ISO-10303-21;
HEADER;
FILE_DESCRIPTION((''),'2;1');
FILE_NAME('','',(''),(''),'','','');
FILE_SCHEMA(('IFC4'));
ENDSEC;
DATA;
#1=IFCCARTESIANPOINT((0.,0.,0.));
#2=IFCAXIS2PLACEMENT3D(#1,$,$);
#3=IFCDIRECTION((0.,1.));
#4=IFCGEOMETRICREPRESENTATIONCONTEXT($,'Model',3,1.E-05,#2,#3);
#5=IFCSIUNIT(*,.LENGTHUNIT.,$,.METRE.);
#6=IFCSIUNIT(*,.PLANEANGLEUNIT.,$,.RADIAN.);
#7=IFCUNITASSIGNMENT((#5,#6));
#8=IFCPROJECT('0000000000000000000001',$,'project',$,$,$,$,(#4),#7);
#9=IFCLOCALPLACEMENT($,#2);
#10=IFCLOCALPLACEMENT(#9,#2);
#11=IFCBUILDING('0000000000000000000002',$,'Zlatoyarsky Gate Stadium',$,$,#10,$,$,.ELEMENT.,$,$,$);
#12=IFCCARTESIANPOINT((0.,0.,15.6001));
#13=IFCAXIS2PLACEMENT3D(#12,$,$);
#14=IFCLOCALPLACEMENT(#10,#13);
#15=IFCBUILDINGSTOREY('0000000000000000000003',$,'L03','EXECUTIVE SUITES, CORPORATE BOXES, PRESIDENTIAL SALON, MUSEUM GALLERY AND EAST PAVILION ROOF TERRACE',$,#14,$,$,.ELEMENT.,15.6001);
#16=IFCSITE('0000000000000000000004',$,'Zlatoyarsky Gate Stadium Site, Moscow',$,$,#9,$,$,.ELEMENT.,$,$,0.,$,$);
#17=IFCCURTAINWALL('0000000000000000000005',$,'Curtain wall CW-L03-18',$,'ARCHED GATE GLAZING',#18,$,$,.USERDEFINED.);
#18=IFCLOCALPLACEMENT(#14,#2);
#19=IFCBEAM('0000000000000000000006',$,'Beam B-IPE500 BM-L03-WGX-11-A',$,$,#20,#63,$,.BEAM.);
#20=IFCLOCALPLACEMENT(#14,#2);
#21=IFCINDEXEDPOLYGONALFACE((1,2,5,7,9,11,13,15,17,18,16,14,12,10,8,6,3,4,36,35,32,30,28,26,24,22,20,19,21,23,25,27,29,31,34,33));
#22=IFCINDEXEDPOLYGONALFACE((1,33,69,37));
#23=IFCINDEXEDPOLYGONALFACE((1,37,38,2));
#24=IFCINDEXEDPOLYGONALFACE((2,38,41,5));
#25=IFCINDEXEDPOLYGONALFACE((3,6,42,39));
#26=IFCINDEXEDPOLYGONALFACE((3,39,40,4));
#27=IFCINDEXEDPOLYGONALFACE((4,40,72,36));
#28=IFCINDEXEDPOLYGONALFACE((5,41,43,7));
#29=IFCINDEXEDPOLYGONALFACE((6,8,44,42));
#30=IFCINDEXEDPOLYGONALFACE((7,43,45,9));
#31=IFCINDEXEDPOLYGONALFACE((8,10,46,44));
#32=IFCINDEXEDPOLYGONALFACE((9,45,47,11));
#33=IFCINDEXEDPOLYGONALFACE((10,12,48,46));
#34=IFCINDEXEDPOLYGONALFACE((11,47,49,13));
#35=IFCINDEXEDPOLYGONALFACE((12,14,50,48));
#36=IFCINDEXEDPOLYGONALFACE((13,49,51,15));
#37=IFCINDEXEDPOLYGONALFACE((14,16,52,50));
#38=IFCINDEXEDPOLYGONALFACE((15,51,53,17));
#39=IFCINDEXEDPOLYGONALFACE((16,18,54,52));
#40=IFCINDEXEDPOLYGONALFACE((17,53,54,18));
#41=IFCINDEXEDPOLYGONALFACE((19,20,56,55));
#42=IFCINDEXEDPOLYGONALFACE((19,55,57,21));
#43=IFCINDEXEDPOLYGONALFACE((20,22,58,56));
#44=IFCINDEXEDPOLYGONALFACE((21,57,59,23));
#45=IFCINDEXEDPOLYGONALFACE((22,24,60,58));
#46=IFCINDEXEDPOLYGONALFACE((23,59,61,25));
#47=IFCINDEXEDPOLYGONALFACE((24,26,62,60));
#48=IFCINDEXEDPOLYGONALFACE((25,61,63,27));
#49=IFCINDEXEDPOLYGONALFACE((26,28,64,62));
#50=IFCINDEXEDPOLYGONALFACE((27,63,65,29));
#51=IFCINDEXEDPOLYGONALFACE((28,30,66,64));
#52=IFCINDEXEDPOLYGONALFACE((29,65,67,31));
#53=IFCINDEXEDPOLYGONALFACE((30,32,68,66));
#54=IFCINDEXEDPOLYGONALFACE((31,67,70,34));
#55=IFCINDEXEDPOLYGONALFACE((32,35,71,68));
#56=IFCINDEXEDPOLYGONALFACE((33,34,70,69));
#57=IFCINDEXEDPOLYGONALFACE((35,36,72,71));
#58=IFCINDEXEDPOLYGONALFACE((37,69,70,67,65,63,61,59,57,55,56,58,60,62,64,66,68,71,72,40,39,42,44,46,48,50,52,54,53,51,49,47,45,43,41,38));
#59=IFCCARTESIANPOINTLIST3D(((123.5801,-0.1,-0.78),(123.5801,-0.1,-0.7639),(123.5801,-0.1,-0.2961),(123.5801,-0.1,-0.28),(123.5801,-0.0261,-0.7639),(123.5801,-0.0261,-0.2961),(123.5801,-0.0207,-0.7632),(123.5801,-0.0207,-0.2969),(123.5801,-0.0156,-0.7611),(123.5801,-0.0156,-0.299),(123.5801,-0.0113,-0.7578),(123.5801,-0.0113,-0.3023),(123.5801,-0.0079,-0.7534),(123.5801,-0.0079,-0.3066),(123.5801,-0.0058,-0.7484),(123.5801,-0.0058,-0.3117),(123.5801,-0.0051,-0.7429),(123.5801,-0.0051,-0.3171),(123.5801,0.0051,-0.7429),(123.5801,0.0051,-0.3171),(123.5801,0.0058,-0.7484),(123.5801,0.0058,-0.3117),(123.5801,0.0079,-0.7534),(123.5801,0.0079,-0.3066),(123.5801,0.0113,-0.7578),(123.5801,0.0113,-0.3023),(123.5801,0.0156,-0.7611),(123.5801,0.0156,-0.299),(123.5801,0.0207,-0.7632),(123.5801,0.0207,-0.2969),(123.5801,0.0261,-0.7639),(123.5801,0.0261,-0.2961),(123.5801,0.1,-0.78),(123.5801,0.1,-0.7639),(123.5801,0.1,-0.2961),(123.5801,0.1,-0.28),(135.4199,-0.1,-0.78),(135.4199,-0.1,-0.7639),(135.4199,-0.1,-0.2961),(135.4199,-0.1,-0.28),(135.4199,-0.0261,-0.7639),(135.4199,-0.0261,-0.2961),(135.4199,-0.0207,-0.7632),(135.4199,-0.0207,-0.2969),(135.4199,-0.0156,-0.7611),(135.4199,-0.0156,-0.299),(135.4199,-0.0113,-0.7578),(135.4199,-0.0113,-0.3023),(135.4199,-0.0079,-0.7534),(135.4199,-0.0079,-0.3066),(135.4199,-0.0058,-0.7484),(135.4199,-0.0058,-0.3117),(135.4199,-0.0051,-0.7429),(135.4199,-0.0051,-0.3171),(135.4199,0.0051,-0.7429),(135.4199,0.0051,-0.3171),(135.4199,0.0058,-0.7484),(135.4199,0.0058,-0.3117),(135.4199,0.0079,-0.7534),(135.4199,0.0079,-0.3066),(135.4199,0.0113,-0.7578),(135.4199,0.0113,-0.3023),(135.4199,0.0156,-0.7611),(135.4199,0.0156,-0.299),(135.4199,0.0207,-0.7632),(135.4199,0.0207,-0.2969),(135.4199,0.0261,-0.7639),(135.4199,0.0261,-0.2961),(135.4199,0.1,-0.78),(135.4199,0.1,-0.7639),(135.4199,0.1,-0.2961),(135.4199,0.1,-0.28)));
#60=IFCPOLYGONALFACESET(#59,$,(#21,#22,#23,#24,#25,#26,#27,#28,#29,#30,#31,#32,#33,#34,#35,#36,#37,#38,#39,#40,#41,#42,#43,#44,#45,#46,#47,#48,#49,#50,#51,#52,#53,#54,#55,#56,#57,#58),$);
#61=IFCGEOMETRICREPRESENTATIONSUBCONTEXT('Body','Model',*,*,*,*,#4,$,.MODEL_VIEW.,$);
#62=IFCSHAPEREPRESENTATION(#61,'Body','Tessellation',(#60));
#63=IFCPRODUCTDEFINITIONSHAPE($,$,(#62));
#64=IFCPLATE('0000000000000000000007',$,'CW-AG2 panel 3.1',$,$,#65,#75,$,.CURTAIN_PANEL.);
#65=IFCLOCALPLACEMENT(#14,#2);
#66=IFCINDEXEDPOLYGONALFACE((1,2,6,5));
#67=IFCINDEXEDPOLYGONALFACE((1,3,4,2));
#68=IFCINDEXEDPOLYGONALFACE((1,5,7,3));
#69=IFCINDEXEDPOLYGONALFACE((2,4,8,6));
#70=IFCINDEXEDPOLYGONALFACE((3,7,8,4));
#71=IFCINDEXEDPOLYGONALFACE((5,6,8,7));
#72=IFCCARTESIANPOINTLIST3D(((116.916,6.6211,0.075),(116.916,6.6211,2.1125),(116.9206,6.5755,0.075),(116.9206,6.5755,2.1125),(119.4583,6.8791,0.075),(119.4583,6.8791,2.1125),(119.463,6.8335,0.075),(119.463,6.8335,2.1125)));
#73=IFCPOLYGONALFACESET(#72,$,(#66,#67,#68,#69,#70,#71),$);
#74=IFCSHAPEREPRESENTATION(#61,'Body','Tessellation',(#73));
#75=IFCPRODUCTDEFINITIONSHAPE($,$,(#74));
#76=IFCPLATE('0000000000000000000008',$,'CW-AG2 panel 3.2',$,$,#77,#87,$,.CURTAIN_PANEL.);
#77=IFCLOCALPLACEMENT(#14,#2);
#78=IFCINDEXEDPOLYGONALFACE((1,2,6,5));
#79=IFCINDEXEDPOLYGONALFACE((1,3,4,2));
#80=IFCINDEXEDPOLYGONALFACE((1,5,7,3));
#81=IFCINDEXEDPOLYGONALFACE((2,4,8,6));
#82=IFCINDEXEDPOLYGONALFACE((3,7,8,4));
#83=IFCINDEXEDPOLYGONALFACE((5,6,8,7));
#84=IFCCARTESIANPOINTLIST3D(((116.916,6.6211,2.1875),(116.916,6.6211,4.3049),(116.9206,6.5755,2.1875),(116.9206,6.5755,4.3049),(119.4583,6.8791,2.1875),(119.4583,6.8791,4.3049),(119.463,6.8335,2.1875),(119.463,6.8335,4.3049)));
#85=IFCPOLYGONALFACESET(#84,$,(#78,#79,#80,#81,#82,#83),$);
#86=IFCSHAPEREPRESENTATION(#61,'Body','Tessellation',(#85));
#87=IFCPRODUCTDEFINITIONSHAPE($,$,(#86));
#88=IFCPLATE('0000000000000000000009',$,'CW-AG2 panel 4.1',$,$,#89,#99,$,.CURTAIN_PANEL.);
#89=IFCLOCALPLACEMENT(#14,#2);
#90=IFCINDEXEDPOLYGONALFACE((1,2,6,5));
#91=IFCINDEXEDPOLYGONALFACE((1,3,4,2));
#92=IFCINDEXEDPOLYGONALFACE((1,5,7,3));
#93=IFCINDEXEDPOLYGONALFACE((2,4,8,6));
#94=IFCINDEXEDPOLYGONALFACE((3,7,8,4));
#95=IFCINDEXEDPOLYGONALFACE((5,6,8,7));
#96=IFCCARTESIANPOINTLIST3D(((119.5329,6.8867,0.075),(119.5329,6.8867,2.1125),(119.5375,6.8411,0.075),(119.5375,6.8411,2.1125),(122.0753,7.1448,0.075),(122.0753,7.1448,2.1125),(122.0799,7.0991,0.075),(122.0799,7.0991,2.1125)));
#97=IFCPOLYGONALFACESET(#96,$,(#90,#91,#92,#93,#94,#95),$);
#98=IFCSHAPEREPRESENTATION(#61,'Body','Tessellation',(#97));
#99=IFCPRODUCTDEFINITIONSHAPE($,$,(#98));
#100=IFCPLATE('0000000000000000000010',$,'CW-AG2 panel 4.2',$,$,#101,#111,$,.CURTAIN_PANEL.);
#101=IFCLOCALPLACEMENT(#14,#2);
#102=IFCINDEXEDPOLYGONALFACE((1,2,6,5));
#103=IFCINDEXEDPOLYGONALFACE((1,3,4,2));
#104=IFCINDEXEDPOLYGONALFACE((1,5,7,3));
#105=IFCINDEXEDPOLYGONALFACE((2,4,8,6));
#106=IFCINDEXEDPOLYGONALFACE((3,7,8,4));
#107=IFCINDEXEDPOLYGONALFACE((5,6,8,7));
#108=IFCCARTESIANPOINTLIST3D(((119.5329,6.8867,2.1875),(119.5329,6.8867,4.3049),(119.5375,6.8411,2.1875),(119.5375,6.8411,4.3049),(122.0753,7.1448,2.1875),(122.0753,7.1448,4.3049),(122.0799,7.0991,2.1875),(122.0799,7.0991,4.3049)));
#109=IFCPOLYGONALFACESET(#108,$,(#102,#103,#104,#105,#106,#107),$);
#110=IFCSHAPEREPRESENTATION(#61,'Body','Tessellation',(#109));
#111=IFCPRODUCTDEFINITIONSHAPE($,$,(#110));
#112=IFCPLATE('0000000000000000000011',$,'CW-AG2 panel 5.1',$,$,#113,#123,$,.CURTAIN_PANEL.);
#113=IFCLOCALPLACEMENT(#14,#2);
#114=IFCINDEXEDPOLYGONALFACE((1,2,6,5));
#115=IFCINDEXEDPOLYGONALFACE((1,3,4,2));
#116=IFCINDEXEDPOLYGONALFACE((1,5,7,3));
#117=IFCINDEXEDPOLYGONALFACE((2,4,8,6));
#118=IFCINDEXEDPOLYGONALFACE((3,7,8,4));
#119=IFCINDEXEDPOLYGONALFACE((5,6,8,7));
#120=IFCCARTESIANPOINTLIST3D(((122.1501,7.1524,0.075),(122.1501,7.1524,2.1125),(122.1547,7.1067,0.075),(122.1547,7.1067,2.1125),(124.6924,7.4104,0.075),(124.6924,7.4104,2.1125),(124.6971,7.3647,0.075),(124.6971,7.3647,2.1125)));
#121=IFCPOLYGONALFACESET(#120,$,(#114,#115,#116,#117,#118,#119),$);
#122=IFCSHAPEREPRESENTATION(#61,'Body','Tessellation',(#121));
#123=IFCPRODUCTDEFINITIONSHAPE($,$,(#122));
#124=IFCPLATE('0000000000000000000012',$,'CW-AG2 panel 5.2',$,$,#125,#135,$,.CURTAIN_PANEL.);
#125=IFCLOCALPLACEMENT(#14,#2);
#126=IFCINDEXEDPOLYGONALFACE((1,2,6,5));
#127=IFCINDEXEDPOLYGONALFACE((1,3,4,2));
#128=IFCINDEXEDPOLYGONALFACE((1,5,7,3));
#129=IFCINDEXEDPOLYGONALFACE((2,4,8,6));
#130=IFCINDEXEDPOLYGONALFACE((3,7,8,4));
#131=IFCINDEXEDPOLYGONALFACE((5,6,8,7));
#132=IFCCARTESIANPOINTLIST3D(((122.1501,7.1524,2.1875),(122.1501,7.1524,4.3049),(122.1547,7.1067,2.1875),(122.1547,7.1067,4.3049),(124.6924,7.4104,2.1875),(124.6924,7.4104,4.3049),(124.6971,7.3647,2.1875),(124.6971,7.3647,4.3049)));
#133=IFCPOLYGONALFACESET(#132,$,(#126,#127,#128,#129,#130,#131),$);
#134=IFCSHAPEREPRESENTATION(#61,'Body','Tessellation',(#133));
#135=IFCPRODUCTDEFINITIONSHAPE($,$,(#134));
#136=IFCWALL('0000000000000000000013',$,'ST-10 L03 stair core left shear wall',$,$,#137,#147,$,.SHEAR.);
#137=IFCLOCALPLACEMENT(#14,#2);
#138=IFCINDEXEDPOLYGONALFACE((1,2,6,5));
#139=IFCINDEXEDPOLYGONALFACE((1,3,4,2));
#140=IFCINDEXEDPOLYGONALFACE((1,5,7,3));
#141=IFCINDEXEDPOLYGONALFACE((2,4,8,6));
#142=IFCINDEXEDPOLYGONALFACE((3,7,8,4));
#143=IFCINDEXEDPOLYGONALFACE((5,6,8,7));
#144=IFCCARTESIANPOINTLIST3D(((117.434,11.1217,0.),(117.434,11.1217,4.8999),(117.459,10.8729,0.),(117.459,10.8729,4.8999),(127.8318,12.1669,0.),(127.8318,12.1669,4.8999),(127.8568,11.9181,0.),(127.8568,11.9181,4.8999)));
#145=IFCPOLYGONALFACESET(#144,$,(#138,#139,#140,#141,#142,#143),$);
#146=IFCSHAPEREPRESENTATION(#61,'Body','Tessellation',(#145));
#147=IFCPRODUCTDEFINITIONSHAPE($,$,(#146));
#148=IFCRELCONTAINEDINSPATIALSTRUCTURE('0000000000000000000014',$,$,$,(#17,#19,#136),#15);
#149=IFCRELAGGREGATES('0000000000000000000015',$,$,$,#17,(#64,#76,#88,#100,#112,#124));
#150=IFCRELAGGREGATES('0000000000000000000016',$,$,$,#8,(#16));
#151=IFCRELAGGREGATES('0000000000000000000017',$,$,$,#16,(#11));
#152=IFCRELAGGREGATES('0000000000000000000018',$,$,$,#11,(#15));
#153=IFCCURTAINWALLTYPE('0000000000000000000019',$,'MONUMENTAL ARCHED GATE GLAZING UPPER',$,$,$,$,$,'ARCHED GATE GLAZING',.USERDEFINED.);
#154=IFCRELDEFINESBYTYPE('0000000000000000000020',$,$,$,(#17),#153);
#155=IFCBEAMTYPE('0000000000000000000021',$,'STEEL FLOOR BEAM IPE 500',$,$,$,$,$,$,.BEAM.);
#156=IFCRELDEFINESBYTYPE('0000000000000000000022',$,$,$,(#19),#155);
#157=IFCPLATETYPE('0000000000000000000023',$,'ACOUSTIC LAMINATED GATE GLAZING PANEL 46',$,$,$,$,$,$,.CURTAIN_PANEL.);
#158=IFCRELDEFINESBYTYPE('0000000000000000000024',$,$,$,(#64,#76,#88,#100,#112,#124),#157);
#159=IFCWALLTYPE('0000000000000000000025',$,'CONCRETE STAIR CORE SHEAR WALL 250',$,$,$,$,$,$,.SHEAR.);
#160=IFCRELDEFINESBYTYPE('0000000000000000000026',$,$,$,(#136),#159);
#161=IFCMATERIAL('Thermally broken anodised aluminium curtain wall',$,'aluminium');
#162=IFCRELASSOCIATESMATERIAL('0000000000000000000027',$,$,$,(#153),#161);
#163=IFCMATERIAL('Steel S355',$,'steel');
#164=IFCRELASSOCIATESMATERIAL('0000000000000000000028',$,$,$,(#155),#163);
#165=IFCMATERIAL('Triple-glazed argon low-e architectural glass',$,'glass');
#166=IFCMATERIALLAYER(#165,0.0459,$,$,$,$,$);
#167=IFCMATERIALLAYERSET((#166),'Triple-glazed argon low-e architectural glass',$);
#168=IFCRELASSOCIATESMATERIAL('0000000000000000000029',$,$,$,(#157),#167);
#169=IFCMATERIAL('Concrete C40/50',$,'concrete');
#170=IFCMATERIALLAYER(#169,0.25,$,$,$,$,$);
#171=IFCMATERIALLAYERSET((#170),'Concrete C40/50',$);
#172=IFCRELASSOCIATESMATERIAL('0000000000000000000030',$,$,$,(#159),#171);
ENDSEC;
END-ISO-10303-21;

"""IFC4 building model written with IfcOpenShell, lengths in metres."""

from ifc_helpers import new_model, si_unit, direction, frame, frame_2d, origin, origin_2d, place, context, subcontext, project, spatial, rectangle, i_section, extrude, material, layer, layer_set, material_profile, profile_set, type_object, element, aggregate, save


model = new_model("IFC4")

# Units and contexts
model_context = context("Model", 3, precision=1e-05, world=origin(), true_north=direction((0.0, 1.0)))
body_context = subcontext(model_context, "Body", "Model", "MODEL_VIEW")
ifc_project = project(units=[si_unit("LENGTHUNIT", "METRE"), si_unit("PLANEANGLEUNIT", "RADIAN")], contexts=[model_context])

# Site, building, storey
site_placement = place(None, origin())
site = spatial("IfcSite", under=ifc_project, at=site_placement, Name="Zlatoyarsky Gate Stadium Site, Moscow", CompositionType="ELEMENT", RefElevation=0.0)
building_placement = place(site_placement, origin())
building = spatial("IfcBuilding", under=site, at=building_placement, Name="Zlatoyarsky Gate Stadium", CompositionType="ELEMENT")
storey_placement = place(building_placement, frame((0.0, 0.0, 15.6001)))
storey = spatial("IfcBuildingStorey", under=building, at=storey_placement, Name="L03", Description="EXECUTIVE SUITES, CORPORATE BOXES, PRESIDENTIAL SALON, MUSEUM GALLERY AND EAST PAVILION ROOF TERRACE", CompositionType="ELEMENT", Elevation=15.6001)

# Curtain wall
ifc_material_1 = material(Name="Thermally broken anodised aluminium curtain wall", Category="aluminium")
curtain_wall_type = type_object("IfcCurtainWallType", Name="MONUMENTAL ARCHED GATE GLAZING UPPER", ElementType="ARCHED GATE GLAZING", PredefinedType="USERDEFINED", material=ifc_material_1)
curtain_wall_placement = place(storey_placement, origin())
curtain_wall = element("IfcCurtainWall", 1, at=curtain_wall_placement, inside=storey, type_object=curtain_wall_type, Name="Curtain wall CW-L03-18", ObjectType="ARCHED GATE GLAZING", PredefinedType="USERDEFINED")

# Beam
ifc_material_2 = material(Name="Steel S355", Category="steel")
ifc_material_profile_1 = material_profile(ifc_material_2, i_section(OverallWidth=0.2, OverallDepth=0.5, WebThickness=0.0103, FlangeThickness=0.0161, FilletRadius=0.021, at=origin_2d()), Name="IPE 500")
ifc_profile_set_1 = profile_set([ifc_material_profile_1], Name="Steel S355")
beam_type = type_object("IfcBeamType", Name="STEEL FLOOR BEAM IPE 500", PredefinedType="BEAM", material=ifc_profile_set_1)
beam_placement = place(storey_placement, frame((123.5801, 0.0, -0.53), z_axis=(1.0, 0.0, 0.0), x_axis=(0.0, 1.0, 0.0)))
element("IfcBeam", 2, at=beam_placement, inside=storey, type_object=beam_type, Name="Beam B-IPE500 BM-L03-WGX-11-A", PredefinedType="BEAM", context=body_context, shape_type="SweptSolid", body=[
    extrude(i_section(OverallWidth=0.2, OverallDepth=0.5, WebThickness=0.0103, FlangeThickness=0.0161, FilletRadius=0.021, at=origin_2d()), origin(), (0.0, 0.0, 1.0), 11.8398),
])

# Plates
ifc_material_3 = material(Name="Triple-glazed argon low-e architectural glass", Category="glass")
ifc_layer_1 = layer(ifc_material_3, 0.0459)
ifc_layer_set_1 = layer_set([ifc_layer_1], Name="Triple-glazed argon low-e architectural glass")
plate_type = type_object("IfcPlateType", Name="ACOUSTIC LAMINATED GATE GLAZING PANEL 46", PredefinedType="CURTAIN_PANEL", material=ifc_layer_set_1)
plate_1_placement = place(storey_placement, frame((118.1895, 6.7273, 0.075), z_axis=(0.0, 0.0, 1.0), x_axis=(0.99489, 0.100968, 0.0)))
plate_1 = element("IfcPlate", 3, at=plate_1_placement, type_object=plate_type, Name="CW-AG2 panel 3.1", PredefinedType="CURTAIN_PANEL", context=body_context, shape_type="SweptSolid", body=[
    extrude(rectangle(XDim=2.5554, YDim=0.0459, at=origin_2d()), origin(), (0.0, 0.0, 1.0), 2.0376),
])
plate_2_placement = place(storey_placement, frame((118.1895, 6.7273, 2.1875), z_axis=(0.0, 0.0, 1.0), x_axis=(0.99489, 0.100968, 0.0)))
plate_2 = element("IfcPlate", 4, at=plate_2_placement, type_object=plate_type, Name="CW-AG2 panel 3.2", PredefinedType="CURTAIN_PANEL", context=body_context, shape_type="SweptSolid", body=[
    extrude(rectangle(XDim=2.5554, YDim=0.0459, at=origin_2d()), origin(), (0.0, 0.0, 1.0), 2.1174),
])
plate_3_placement = place(storey_placement, frame((120.8064, 6.9929, 0.075), z_axis=(0.0, 0.0, 1.0), x_axis=(0.99489, 0.100968, 0.0)))
plate_3 = element("IfcPlate", 5, at=plate_3_placement, type_object=plate_type, Name="CW-AG2 panel 4.1", PredefinedType="CURTAIN_PANEL", context=body_context, shape_type="SweptSolid", body=[
    extrude(rectangle(XDim=2.5554, YDim=0.0459, at=origin_2d()), origin(), (0.0, 0.0, 1.0), 2.0376),
])
plate_4_placement = place(storey_placement, frame((120.8064, 6.9929, 2.1875), z_axis=(0.0, 0.0, 1.0), x_axis=(0.99489, 0.100968, 0.0)))
plate_4 = element("IfcPlate", 6, at=plate_4_placement, type_object=plate_type, Name="CW-AG2 panel 4.2", PredefinedType="CURTAIN_PANEL", context=body_context, shape_type="SweptSolid", body=[
    extrude(rectangle(XDim=2.5554, YDim=0.0459, at=origin_2d()), origin(), (0.0, 0.0, 1.0), 2.1174),
])
plate_5_placement = place(storey_placement, frame((123.4236, 7.2585, 0.075), z_axis=(0.0, 0.0, 1.0), x_axis=(0.99489, 0.100968, 0.0)))
plate_5 = element("IfcPlate", 7, at=plate_5_placement, type_object=plate_type, Name="CW-AG2 panel 5.1", PredefinedType="CURTAIN_PANEL", context=body_context, shape_type="SweptSolid", body=[
    extrude(rectangle(XDim=2.5554, YDim=0.0459, at=origin_2d()), origin(), (0.0, 0.0, 1.0), 2.0376),
])
plate_6_placement = place(storey_placement, frame((123.4236, 7.2585, 2.1875), z_axis=(0.0, 0.0, 1.0), x_axis=(0.99489, 0.100968, 0.0)))
plate_6 = element("IfcPlate", 8, at=plate_6_placement, type_object=plate_type, Name="CW-AG2 panel 5.2", PredefinedType="CURTAIN_PANEL", context=body_context, shape_type="SweptSolid", body=[
    extrude(rectangle(XDim=2.5554, YDim=0.0459, at=origin_2d()), origin(), (0.0, 0.0, 1.0), 2.1174),
])
aggregate(curtain_wall, [plate_1, plate_2, plate_3, plate_4, plate_5, plate_6])

# Wall
ifc_material_4 = material(Name="Concrete C40/50", Category="concrete")
ifc_layer_2 = layer(ifc_material_4, 0.25)
ifc_layer_set_2 = layer_set([ifc_layer_2], Name="Concrete C40/50")
wall_type = type_object("IfcWallType", Name="CONCRETE STAIR CORE SHEAR WALL 250", PredefinedType="SHEAR", material=ifc_layer_set_2)
wall_placement = place(storey_placement, frame((117.4465, 10.9973, 0.0), z_axis=(0.0, 0.0, 1.0), x_axis=(0.994986, 0.100015, 0.0)))
element("IfcWall", 9, at=wall_placement, inside=storey, type_object=wall_type, Name="ST-10 L03 stair core left shear wall", PredefinedType="SHEAR", context=body_context, shape_type="SweptSolid", body=[
    extrude(rectangle(XDim=10.4502, YDim=0.25, at=frame_2d((5.2251, 0.0))), origin(), (0.0, 0.0, 1.0), 4.8999),
])

save(model, "model.ifc")
